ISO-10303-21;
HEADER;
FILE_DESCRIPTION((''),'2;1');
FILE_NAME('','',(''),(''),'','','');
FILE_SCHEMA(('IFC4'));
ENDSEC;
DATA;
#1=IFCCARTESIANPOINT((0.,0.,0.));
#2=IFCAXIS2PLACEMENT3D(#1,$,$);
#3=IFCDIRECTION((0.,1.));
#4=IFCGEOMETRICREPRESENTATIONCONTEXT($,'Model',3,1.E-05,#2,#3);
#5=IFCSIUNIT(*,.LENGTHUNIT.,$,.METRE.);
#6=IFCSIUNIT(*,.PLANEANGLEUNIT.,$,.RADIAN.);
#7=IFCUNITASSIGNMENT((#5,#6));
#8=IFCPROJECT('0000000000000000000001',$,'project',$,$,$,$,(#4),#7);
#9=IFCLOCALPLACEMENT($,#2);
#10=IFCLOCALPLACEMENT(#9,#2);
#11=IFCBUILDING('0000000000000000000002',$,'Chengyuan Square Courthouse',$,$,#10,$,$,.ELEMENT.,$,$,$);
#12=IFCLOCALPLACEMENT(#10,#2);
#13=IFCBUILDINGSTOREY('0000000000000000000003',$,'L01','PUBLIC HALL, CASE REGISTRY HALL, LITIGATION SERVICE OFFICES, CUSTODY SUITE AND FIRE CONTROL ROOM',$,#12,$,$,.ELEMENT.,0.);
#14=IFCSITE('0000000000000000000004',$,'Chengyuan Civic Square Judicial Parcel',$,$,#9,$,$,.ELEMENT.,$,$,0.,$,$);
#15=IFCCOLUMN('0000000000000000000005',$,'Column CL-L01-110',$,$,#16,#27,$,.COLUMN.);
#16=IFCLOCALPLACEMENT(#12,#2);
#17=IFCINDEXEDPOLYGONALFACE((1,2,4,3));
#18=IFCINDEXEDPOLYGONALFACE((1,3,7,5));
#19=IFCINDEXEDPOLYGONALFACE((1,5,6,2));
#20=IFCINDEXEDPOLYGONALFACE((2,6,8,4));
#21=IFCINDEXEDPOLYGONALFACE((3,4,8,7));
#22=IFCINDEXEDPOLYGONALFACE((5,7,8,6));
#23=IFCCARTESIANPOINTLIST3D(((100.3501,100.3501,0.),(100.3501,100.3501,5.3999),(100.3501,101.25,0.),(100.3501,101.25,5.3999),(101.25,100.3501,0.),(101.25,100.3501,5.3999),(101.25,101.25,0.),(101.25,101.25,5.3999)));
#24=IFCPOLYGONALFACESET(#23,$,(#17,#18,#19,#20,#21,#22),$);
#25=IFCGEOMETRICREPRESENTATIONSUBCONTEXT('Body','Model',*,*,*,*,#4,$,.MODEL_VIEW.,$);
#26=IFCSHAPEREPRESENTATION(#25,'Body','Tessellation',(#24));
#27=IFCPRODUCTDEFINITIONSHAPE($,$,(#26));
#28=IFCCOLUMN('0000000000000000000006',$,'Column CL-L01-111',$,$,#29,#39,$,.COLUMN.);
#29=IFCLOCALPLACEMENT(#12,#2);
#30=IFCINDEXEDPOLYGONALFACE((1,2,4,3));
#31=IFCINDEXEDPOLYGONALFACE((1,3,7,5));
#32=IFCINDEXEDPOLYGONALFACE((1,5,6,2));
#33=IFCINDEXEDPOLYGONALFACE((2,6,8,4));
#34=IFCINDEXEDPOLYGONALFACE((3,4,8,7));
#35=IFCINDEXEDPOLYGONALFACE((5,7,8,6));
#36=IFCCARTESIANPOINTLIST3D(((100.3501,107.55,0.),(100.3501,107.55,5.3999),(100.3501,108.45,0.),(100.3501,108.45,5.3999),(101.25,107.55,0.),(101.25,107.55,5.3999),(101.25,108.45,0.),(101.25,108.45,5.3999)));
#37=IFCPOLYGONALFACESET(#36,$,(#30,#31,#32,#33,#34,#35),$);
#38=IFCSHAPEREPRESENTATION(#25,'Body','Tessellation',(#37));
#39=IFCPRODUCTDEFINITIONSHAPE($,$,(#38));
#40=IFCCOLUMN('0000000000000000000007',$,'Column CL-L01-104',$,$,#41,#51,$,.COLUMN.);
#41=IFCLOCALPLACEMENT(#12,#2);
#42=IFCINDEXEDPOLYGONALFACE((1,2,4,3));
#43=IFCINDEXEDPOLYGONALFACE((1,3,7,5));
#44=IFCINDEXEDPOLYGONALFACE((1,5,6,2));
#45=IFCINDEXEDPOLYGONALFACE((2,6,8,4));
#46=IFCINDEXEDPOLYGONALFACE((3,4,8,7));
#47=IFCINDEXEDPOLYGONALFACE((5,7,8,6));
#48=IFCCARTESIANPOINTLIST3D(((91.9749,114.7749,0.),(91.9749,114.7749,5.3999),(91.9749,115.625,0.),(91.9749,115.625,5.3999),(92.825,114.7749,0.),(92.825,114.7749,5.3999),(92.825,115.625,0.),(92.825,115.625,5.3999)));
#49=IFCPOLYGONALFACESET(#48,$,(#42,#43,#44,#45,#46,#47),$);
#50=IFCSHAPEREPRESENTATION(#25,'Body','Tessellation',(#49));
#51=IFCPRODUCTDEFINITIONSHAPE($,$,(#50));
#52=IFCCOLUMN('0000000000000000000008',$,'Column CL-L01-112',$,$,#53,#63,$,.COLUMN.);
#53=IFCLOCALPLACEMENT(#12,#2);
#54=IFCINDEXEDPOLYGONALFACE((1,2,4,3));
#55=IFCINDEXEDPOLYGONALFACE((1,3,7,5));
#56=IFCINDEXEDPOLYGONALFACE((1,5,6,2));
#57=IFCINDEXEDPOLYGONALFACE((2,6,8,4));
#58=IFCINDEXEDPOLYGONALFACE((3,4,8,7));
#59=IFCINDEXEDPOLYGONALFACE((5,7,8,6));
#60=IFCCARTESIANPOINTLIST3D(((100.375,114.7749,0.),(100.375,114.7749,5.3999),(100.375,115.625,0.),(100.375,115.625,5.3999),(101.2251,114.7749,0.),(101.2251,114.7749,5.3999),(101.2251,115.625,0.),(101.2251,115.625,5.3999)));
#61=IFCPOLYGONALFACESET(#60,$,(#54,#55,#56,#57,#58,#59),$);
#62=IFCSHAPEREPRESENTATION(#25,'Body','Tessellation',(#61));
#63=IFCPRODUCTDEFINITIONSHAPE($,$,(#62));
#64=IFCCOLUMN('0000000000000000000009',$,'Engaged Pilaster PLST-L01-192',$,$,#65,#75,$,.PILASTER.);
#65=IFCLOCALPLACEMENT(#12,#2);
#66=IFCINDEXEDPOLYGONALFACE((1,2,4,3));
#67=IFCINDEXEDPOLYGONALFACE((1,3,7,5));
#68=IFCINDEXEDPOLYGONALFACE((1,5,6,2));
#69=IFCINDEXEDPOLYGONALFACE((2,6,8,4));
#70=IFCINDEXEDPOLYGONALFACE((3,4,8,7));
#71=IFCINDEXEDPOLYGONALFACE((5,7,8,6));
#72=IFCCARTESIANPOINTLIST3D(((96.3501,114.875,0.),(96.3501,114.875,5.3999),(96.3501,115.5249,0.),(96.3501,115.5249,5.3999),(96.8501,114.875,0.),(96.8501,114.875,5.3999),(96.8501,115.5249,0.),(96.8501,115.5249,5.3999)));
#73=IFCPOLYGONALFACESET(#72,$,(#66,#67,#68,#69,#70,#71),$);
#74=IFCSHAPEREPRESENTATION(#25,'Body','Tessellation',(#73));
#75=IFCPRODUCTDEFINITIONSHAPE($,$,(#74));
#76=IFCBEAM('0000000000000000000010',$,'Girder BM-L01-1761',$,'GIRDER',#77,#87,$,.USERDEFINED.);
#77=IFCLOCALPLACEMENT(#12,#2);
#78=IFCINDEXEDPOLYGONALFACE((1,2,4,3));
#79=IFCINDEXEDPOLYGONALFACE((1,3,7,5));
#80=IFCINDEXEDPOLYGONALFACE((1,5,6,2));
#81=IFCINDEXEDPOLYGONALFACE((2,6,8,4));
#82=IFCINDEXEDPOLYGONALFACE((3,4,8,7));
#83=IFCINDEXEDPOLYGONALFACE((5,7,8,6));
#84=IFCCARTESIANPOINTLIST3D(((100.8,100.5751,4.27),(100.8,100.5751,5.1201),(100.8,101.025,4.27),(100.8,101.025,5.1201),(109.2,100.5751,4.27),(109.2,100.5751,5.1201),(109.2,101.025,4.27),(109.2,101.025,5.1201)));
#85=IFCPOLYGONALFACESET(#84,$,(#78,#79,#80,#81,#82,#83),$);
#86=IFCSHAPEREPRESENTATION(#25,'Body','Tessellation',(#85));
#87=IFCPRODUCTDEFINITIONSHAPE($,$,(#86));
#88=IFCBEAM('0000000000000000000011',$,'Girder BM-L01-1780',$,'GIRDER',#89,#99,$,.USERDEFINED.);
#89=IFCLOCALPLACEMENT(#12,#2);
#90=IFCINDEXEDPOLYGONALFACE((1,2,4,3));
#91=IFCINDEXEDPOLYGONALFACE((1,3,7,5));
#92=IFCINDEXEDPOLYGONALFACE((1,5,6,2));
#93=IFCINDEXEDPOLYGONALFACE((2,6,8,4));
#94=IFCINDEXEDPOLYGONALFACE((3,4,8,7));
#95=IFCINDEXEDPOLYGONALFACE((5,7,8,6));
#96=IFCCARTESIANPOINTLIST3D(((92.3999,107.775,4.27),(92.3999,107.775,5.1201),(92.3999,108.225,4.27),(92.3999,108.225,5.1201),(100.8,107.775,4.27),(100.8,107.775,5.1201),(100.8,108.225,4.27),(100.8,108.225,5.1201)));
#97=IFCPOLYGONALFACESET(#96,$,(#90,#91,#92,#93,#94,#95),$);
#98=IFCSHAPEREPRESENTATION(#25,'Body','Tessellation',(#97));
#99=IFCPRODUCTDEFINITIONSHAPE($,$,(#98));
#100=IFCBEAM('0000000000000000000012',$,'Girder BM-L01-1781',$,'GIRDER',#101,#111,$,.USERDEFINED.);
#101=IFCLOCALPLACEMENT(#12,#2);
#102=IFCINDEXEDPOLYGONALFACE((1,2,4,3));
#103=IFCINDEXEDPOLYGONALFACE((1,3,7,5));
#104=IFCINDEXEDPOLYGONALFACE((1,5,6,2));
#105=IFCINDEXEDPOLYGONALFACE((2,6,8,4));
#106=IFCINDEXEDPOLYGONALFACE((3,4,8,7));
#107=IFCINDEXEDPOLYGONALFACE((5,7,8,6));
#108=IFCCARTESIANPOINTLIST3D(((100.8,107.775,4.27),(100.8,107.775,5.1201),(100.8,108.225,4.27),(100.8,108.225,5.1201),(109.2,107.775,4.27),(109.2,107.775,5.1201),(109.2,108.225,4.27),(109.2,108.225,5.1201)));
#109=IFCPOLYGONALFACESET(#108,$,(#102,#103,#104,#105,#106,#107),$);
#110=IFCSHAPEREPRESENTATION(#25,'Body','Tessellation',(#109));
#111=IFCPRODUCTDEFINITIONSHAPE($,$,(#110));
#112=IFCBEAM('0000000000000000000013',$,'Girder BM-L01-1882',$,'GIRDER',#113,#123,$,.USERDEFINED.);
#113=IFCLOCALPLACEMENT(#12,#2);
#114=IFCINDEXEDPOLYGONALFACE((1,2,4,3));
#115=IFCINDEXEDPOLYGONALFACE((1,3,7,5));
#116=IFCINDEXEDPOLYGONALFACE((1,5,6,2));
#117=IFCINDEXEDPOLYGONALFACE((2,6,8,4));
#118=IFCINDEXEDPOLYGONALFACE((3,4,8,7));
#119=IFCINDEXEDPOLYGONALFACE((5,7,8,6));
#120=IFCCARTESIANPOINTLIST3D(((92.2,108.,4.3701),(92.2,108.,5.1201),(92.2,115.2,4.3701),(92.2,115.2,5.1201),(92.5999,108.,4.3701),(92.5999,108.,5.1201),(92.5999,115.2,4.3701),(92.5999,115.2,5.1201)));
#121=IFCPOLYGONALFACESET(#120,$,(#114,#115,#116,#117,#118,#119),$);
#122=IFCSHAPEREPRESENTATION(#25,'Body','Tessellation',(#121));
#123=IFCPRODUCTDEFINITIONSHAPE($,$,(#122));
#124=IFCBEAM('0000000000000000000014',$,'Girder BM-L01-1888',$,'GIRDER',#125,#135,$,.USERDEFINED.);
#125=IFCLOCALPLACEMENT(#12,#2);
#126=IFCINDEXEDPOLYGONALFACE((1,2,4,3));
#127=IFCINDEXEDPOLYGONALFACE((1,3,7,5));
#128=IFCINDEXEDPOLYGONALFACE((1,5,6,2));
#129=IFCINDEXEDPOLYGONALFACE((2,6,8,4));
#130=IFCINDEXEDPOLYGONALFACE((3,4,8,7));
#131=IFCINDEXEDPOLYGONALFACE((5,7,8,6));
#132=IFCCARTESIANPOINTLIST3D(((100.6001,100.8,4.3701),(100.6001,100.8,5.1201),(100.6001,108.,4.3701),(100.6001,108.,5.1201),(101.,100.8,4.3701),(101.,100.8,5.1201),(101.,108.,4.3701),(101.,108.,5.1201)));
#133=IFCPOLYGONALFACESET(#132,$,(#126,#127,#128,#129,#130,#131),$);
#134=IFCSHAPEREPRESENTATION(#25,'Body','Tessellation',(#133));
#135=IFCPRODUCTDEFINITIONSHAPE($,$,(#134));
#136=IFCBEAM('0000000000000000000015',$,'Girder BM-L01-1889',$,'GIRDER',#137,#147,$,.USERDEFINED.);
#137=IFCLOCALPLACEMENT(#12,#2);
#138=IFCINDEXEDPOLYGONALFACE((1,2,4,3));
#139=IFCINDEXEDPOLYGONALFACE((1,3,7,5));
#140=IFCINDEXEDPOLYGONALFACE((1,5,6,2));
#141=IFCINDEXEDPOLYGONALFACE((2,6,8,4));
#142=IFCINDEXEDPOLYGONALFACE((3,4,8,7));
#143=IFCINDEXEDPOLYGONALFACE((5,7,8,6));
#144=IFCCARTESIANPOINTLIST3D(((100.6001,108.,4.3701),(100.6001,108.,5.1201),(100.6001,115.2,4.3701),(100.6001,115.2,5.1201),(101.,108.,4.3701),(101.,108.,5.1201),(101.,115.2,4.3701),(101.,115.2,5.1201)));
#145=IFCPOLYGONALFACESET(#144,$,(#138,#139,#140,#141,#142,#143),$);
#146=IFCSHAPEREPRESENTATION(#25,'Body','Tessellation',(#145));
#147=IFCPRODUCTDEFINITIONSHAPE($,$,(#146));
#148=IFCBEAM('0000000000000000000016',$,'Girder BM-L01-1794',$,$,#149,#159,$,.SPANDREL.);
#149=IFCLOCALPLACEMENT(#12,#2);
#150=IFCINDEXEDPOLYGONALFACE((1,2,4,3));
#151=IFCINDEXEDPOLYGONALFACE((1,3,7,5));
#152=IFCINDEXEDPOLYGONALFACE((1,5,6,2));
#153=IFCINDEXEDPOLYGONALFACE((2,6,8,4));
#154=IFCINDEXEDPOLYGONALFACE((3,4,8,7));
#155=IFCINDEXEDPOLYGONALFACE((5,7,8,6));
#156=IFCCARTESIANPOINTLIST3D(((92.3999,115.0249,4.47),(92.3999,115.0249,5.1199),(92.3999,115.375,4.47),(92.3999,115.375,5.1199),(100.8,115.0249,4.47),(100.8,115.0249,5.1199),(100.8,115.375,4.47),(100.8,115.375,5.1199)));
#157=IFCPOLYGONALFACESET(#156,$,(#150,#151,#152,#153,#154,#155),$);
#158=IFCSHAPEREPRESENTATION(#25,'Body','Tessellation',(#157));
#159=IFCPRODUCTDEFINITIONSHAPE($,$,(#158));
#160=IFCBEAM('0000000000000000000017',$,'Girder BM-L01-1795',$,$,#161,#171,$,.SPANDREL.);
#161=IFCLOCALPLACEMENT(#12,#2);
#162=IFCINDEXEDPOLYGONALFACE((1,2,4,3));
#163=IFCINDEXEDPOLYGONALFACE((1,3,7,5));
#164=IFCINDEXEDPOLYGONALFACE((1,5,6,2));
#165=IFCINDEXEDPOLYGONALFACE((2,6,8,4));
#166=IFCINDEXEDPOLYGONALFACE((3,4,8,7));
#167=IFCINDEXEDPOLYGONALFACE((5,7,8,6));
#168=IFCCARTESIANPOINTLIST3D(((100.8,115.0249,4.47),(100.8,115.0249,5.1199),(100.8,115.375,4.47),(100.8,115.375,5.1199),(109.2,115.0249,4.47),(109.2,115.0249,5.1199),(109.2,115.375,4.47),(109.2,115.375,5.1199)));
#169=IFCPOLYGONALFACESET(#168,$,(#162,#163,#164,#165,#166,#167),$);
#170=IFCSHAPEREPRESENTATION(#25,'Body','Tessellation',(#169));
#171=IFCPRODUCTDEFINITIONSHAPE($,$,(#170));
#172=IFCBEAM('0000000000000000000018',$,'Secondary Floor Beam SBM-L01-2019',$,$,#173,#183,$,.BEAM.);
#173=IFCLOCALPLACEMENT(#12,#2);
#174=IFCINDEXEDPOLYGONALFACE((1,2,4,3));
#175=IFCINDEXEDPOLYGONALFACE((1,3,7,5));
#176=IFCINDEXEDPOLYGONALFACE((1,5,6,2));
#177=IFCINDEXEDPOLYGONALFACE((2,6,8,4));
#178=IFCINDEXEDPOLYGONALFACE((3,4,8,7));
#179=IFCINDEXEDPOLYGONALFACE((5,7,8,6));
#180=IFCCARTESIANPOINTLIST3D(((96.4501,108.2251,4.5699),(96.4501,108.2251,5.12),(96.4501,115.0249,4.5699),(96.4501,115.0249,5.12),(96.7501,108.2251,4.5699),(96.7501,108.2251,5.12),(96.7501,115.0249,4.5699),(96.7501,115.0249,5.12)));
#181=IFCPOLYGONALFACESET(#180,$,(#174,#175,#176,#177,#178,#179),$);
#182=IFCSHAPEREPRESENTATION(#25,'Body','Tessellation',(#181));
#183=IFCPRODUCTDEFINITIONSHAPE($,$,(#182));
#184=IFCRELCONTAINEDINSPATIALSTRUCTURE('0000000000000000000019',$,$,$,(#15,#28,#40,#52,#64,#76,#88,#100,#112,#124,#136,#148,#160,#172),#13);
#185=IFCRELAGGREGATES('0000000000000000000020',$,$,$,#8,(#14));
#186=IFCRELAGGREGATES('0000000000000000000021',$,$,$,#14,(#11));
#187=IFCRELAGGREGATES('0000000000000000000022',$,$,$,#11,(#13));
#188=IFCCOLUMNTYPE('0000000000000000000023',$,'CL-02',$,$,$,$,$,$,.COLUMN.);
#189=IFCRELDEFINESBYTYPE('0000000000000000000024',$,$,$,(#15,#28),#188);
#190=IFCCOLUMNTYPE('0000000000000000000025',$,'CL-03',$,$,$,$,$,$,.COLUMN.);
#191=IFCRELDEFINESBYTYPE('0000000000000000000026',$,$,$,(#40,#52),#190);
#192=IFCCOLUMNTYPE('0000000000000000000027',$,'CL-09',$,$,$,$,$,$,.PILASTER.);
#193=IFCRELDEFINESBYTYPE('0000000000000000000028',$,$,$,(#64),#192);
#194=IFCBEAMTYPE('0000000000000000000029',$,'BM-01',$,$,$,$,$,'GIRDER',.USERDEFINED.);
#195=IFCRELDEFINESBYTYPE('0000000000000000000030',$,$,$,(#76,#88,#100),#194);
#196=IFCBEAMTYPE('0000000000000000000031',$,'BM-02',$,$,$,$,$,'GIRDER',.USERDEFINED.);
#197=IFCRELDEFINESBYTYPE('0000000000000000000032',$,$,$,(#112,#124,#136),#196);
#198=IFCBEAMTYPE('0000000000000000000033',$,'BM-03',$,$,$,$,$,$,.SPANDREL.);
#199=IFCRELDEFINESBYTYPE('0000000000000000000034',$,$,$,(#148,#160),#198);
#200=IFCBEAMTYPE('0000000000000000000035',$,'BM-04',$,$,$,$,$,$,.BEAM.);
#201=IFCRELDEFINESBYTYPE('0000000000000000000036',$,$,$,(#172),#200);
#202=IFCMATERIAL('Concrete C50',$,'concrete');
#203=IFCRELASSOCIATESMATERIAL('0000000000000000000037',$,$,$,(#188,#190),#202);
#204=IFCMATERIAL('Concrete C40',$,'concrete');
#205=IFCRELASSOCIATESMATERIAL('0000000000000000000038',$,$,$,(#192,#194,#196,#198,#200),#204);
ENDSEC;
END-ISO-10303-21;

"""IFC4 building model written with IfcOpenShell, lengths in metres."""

from ifc_helpers import new_model, si_unit, direction, frame, origin, origin_2d, place, context, subcontext, project, spatial, rectangle, extrude, material, material_profile, profile_set, type_object, element, save


model = new_model("IFC4")

# Units and contexts
model_context = context("Model", 3, precision=1e-05, world=origin(), true_north=direction((0.0, 1.0)))
body_context = subcontext(model_context, "Body", "Model", "MODEL_VIEW")
ifc_project = project(units=[si_unit("LENGTHUNIT", "METRE"), si_unit("PLANEANGLEUNIT", "RADIAN")], contexts=[model_context])

# Site, building, storey
site_placement = place(None, origin())
site = spatial("IfcSite", under=ifc_project, at=site_placement, Name="Chengyuan Civic Square Judicial Parcel", CompositionType="ELEMENT", RefElevation=0.0)
building_placement = place(site_placement, origin())
building = spatial("IfcBuilding", under=site, at=building_placement, Name="Chengyuan Square Courthouse", CompositionType="ELEMENT")
storey_placement = place(building_placement, origin())
storey = spatial("IfcBuildingStorey", under=building, at=storey_placement, Name="L01", Description="PUBLIC HALL, CASE REGISTRY HALL, LITIGATION SERVICE OFFICES, CUSTODY SUITE AND FIRE CONTROL ROOM", CompositionType="ELEMENT", Elevation=0.0)

# Columns
ifc_material_1 = material(Name="Concrete C50", Category="concrete")
ifc_material_profile_1 = material_profile(ifc_material_1, rectangle(XDim=0.8999, YDim=0.8999, at=origin_2d()), Name="RC-COL-900x900")
ifc_profile_set_1 = profile_set([ifc_material_profile_1], Name="Concrete C50")
column_type_1 = type_object("IfcColumnType", Name="CL-02", PredefinedType="COLUMN", material=ifc_profile_set_1)
for number, where, z_axis, x_axis, name in (
    (1, (100.8, 100.8, 0.0), (0.0, 0.0, 1.0), (1.0, 0.0, 0.0), "Column CL-L01-110"),
    (2, (100.8, 108.0, 0.0), (0.0, 0.0, 1.0), (1.0, 0.0, 0.0), "Column CL-L01-111"),
):
    element("IfcColumn", number, at=place(storey_placement, frame(where, z_axis=z_axis, x_axis=x_axis)), inside=storey, type_object=column_type_1, Name=name, PredefinedType="COLUMN", context=body_context, shape_type="SweptSolid", body=[
        extrude(rectangle(XDim=0.8999, YDim=0.8999, at=origin_2d()), origin(), (0.0, 0.0, 1.0), 5.3999),
    ])
ifc_material_profile_2 = material_profile(ifc_material_1, rectangle(XDim=0.8501, YDim=0.8501, at=origin_2d()), Name="RC-COL-850x850")
ifc_profile_set_2 = profile_set([ifc_material_profile_2], Name="Concrete C50")
column_type_2 = type_object("IfcColumnType", Name="CL-03", PredefinedType="COLUMN", material=ifc_profile_set_2)
for number, where, z_axis, x_axis, name in (
    (3, (92.3999, 115.2, 0.0), (0.0, 0.0, 1.0), (1.0, 0.0, 0.0), "Column CL-L01-104"),
    (4, (100.8, 115.2, 0.0), (0.0, 0.0, 1.0), (1.0, 0.0, 0.0), "Column CL-L01-112"),
):
    element("IfcColumn", number, at=place(storey_placement, frame(where, z_axis=z_axis, x_axis=x_axis)), inside=storey, type_object=column_type_2, Name=name, PredefinedType="COLUMN", context=body_context, shape_type="SweptSolid", body=[
        extrude(rectangle(XDim=0.8501, YDim=0.8501, at=origin_2d()), origin(), (0.0, 0.0, 1.0), 5.3999),
    ])
ifc_material_2 = material(Name="Concrete C40", Category="concrete")
ifc_material_profile_3 = material_profile(ifc_material_2, rectangle(XDim=0.5, YDim=0.6499, at=origin_2d()), Name="RC-PIL-500x650")
ifc_profile_set_3 = profile_set([ifc_material_profile_3], Name="Concrete C40")
column_type_3 = type_object("IfcColumnType", Name="CL-09", PredefinedType="PILASTER", material=ifc_profile_set_3)
column_placement = place(storey_placement, frame((96.6001, 115.2, 0.0), z_axis=(0.0, 0.0, 1.0), x_axis=(1.0, 0.0, 0.0)))
element("IfcColumn", 5, at=column_placement, inside=storey, type_object=column_type_3, Name="Engaged Pilaster PLST-L01-192", PredefinedType="PILASTER", context=body_context, shape_type="SweptSolid", body=[
    extrude(rectangle(XDim=0.5, YDim=0.6499, at=origin_2d()), origin(), (0.0, 0.0, 1.0), 5.3999),
])

# Beams
ifc_material_profile_4 = material_profile(ifc_material_2, rectangle(XDim=0.45, YDim=0.8501, at=origin_2d()), Name="RC-BM-450x850")
ifc_profile_set_4 = profile_set([ifc_material_profile_4], Name="Concrete C40")
beam_type_1 = type_object("IfcBeamType", Name="BM-01", ElementType="GIRDER", PredefinedType="USERDEFINED", material=ifc_profile_set_4)
beam_1_placement = place(storey_placement, frame((100.8, 100.8, 4.6951), z_axis=(1.0, 0.0, 0.0), x_axis=(0.0, 1.0, 0.0)))
element("IfcBeam", 6, at=beam_1_placement, inside=storey, type_object=beam_type_1, Name="Girder BM-L01-1761", ObjectType="GIRDER", PredefinedType="USERDEFINED", context=body_context, shape_type="SweptSolid", body=[
    extrude(rectangle(XDim=0.45, YDim=0.8501, at=origin_2d()), origin(), (0.0, 0.0, 1.0), 8.3999),
])
beam_2_placement = place(storey_placement, frame((92.3999, 108.0, 4.6951), z_axis=(1.0, 0.0, 0.0), x_axis=(0.0, 1.0, 0.0)))
element("IfcBeam", 7, at=beam_2_placement, inside=storey, type_object=beam_type_1, Name="Girder BM-L01-1780", ObjectType="GIRDER", PredefinedType="USERDEFINED", context=body_context, shape_type="SweptSolid", body=[
    extrude(rectangle(XDim=0.45, YDim=0.8501, at=origin_2d()), origin(), (0.0, 0.0, 1.0), 8.4001),
])
beam_3_placement = place(storey_placement, frame((100.8, 108.0, 4.6951), z_axis=(1.0, 0.0, 0.0), x_axis=(0.0, 1.0, 0.0)))
element("IfcBeam", 8, at=beam_3_placement, inside=storey, type_object=beam_type_1, Name="Girder BM-L01-1781", ObjectType="GIRDER", PredefinedType="USERDEFINED", context=body_context, shape_type="SweptSolid", body=[
    extrude(rectangle(XDim=0.45, YDim=0.8501, at=origin_2d()), origin(), (0.0, 0.0, 1.0), 8.3999),
])
ifc_material_profile_5 = material_profile(ifc_material_2, rectangle(XDim=0.3999, YDim=0.75, at=origin_2d()), Name="RC-BM-400x750")
ifc_profile_set_5 = profile_set([ifc_material_profile_5], Name="Concrete C40")
beam_type_2 = type_object("IfcBeamType", Name="BM-02", ElementType="GIRDER", PredefinedType="USERDEFINED", material=ifc_profile_set_5)
for number, where, z_axis, x_axis, name in (
    (9, (92.3999, 108.0, 4.7451), (0.0, 1.0, 0.0), (-1.0, 0.0, 0.0), "Girder BM-L01-1882"),
    (10, (100.8, 100.8, 4.7451), (0.0, 1.0, 0.0), (-1.0, 0.0, 0.0), "Girder BM-L01-1888"),
    (11, (100.8, 108.0, 4.7451), (0.0, 1.0, 0.0), (-1.0, 0.0, 0.0), "Girder BM-L01-1889"),
):
    element("IfcBeam", number, at=place(storey_placement, frame(where, z_axis=z_axis, x_axis=x_axis)), inside=storey, type_object=beam_type_2, Name=name, ObjectType="GIRDER", PredefinedType="USERDEFINED", context=body_context, shape_type="SweptSolid", body=[
        extrude(rectangle(XDim=0.3999, YDim=0.75, at=origin_2d()), origin(), (0.0, 0.0, 1.0), 7.2),
    ])
ifc_material_profile_6 = material_profile(ifc_material_2, rectangle(XDim=0.3501, YDim=0.6499, at=origin_2d()), Name="RC-BM-350x650")
ifc_profile_set_6 = profile_set([ifc_material_profile_6], Name="Concrete C40")
beam_type_3 = type_object("IfcBeamType", Name="BM-03", PredefinedType="SPANDREL", material=ifc_profile_set_6)
beam_4_placement = place(storey_placement, frame((92.3999, 115.2, 4.7949), z_axis=(1.0, 0.0, 0.0), x_axis=(0.0, 1.0, 0.0)))
element("IfcBeam", 12, at=beam_4_placement, inside=storey, type_object=beam_type_3, Name="Girder BM-L01-1794", PredefinedType="SPANDREL", context=body_context, shape_type="SweptSolid", body=[
    extrude(rectangle(XDim=0.3501, YDim=0.6499, at=origin_2d()), origin(), (0.0, 0.0, 1.0), 8.4001),
])
beam_5_placement = place(storey_placement, frame((100.8, 115.2, 4.7949), z_axis=(1.0, 0.0, 0.0), x_axis=(0.0, 1.0, 0.0)))
element("IfcBeam", 13, at=beam_5_placement, inside=storey, type_object=beam_type_3, Name="Girder BM-L01-1795", PredefinedType="SPANDREL", context=body_context, shape_type="SweptSolid", body=[
    extrude(rectangle(XDim=0.3501, YDim=0.6499, at=origin_2d()), origin(), (0.0, 0.0, 1.0), 8.3999),
])
ifc_material_profile_7 = material_profile(ifc_material_2, rectangle(XDim=0.3, YDim=0.55, at=origin_2d()), Name="RC-BM-300x550")
ifc_profile_set_7 = profile_set([ifc_material_profile_7], Name="Concrete C40")
beam_type_4 = type_object("IfcBeamType", Name="BM-04", PredefinedType="BEAM", material=ifc_profile_set_7)
beam_6_placement = place(storey_placement, frame((96.6001, 108.2251, 4.845), z_axis=(0.0, 1.0, 0.0), x_axis=(-1.0, 0.0, 0.0)))
element("IfcBeam", 14, at=beam_6_placement, inside=storey, type_object=beam_type_4, Name="Secondary Floor Beam SBM-L01-2019", PredefinedType="BEAM", context=body_context, shape_type="SweptSolid", body=[
    extrude(rectangle(XDim=0.3, YDim=0.55, at=origin_2d()), origin(), (0.0, 0.0, 1.0), 6.7998),
])

save(model, "model.ifc")
